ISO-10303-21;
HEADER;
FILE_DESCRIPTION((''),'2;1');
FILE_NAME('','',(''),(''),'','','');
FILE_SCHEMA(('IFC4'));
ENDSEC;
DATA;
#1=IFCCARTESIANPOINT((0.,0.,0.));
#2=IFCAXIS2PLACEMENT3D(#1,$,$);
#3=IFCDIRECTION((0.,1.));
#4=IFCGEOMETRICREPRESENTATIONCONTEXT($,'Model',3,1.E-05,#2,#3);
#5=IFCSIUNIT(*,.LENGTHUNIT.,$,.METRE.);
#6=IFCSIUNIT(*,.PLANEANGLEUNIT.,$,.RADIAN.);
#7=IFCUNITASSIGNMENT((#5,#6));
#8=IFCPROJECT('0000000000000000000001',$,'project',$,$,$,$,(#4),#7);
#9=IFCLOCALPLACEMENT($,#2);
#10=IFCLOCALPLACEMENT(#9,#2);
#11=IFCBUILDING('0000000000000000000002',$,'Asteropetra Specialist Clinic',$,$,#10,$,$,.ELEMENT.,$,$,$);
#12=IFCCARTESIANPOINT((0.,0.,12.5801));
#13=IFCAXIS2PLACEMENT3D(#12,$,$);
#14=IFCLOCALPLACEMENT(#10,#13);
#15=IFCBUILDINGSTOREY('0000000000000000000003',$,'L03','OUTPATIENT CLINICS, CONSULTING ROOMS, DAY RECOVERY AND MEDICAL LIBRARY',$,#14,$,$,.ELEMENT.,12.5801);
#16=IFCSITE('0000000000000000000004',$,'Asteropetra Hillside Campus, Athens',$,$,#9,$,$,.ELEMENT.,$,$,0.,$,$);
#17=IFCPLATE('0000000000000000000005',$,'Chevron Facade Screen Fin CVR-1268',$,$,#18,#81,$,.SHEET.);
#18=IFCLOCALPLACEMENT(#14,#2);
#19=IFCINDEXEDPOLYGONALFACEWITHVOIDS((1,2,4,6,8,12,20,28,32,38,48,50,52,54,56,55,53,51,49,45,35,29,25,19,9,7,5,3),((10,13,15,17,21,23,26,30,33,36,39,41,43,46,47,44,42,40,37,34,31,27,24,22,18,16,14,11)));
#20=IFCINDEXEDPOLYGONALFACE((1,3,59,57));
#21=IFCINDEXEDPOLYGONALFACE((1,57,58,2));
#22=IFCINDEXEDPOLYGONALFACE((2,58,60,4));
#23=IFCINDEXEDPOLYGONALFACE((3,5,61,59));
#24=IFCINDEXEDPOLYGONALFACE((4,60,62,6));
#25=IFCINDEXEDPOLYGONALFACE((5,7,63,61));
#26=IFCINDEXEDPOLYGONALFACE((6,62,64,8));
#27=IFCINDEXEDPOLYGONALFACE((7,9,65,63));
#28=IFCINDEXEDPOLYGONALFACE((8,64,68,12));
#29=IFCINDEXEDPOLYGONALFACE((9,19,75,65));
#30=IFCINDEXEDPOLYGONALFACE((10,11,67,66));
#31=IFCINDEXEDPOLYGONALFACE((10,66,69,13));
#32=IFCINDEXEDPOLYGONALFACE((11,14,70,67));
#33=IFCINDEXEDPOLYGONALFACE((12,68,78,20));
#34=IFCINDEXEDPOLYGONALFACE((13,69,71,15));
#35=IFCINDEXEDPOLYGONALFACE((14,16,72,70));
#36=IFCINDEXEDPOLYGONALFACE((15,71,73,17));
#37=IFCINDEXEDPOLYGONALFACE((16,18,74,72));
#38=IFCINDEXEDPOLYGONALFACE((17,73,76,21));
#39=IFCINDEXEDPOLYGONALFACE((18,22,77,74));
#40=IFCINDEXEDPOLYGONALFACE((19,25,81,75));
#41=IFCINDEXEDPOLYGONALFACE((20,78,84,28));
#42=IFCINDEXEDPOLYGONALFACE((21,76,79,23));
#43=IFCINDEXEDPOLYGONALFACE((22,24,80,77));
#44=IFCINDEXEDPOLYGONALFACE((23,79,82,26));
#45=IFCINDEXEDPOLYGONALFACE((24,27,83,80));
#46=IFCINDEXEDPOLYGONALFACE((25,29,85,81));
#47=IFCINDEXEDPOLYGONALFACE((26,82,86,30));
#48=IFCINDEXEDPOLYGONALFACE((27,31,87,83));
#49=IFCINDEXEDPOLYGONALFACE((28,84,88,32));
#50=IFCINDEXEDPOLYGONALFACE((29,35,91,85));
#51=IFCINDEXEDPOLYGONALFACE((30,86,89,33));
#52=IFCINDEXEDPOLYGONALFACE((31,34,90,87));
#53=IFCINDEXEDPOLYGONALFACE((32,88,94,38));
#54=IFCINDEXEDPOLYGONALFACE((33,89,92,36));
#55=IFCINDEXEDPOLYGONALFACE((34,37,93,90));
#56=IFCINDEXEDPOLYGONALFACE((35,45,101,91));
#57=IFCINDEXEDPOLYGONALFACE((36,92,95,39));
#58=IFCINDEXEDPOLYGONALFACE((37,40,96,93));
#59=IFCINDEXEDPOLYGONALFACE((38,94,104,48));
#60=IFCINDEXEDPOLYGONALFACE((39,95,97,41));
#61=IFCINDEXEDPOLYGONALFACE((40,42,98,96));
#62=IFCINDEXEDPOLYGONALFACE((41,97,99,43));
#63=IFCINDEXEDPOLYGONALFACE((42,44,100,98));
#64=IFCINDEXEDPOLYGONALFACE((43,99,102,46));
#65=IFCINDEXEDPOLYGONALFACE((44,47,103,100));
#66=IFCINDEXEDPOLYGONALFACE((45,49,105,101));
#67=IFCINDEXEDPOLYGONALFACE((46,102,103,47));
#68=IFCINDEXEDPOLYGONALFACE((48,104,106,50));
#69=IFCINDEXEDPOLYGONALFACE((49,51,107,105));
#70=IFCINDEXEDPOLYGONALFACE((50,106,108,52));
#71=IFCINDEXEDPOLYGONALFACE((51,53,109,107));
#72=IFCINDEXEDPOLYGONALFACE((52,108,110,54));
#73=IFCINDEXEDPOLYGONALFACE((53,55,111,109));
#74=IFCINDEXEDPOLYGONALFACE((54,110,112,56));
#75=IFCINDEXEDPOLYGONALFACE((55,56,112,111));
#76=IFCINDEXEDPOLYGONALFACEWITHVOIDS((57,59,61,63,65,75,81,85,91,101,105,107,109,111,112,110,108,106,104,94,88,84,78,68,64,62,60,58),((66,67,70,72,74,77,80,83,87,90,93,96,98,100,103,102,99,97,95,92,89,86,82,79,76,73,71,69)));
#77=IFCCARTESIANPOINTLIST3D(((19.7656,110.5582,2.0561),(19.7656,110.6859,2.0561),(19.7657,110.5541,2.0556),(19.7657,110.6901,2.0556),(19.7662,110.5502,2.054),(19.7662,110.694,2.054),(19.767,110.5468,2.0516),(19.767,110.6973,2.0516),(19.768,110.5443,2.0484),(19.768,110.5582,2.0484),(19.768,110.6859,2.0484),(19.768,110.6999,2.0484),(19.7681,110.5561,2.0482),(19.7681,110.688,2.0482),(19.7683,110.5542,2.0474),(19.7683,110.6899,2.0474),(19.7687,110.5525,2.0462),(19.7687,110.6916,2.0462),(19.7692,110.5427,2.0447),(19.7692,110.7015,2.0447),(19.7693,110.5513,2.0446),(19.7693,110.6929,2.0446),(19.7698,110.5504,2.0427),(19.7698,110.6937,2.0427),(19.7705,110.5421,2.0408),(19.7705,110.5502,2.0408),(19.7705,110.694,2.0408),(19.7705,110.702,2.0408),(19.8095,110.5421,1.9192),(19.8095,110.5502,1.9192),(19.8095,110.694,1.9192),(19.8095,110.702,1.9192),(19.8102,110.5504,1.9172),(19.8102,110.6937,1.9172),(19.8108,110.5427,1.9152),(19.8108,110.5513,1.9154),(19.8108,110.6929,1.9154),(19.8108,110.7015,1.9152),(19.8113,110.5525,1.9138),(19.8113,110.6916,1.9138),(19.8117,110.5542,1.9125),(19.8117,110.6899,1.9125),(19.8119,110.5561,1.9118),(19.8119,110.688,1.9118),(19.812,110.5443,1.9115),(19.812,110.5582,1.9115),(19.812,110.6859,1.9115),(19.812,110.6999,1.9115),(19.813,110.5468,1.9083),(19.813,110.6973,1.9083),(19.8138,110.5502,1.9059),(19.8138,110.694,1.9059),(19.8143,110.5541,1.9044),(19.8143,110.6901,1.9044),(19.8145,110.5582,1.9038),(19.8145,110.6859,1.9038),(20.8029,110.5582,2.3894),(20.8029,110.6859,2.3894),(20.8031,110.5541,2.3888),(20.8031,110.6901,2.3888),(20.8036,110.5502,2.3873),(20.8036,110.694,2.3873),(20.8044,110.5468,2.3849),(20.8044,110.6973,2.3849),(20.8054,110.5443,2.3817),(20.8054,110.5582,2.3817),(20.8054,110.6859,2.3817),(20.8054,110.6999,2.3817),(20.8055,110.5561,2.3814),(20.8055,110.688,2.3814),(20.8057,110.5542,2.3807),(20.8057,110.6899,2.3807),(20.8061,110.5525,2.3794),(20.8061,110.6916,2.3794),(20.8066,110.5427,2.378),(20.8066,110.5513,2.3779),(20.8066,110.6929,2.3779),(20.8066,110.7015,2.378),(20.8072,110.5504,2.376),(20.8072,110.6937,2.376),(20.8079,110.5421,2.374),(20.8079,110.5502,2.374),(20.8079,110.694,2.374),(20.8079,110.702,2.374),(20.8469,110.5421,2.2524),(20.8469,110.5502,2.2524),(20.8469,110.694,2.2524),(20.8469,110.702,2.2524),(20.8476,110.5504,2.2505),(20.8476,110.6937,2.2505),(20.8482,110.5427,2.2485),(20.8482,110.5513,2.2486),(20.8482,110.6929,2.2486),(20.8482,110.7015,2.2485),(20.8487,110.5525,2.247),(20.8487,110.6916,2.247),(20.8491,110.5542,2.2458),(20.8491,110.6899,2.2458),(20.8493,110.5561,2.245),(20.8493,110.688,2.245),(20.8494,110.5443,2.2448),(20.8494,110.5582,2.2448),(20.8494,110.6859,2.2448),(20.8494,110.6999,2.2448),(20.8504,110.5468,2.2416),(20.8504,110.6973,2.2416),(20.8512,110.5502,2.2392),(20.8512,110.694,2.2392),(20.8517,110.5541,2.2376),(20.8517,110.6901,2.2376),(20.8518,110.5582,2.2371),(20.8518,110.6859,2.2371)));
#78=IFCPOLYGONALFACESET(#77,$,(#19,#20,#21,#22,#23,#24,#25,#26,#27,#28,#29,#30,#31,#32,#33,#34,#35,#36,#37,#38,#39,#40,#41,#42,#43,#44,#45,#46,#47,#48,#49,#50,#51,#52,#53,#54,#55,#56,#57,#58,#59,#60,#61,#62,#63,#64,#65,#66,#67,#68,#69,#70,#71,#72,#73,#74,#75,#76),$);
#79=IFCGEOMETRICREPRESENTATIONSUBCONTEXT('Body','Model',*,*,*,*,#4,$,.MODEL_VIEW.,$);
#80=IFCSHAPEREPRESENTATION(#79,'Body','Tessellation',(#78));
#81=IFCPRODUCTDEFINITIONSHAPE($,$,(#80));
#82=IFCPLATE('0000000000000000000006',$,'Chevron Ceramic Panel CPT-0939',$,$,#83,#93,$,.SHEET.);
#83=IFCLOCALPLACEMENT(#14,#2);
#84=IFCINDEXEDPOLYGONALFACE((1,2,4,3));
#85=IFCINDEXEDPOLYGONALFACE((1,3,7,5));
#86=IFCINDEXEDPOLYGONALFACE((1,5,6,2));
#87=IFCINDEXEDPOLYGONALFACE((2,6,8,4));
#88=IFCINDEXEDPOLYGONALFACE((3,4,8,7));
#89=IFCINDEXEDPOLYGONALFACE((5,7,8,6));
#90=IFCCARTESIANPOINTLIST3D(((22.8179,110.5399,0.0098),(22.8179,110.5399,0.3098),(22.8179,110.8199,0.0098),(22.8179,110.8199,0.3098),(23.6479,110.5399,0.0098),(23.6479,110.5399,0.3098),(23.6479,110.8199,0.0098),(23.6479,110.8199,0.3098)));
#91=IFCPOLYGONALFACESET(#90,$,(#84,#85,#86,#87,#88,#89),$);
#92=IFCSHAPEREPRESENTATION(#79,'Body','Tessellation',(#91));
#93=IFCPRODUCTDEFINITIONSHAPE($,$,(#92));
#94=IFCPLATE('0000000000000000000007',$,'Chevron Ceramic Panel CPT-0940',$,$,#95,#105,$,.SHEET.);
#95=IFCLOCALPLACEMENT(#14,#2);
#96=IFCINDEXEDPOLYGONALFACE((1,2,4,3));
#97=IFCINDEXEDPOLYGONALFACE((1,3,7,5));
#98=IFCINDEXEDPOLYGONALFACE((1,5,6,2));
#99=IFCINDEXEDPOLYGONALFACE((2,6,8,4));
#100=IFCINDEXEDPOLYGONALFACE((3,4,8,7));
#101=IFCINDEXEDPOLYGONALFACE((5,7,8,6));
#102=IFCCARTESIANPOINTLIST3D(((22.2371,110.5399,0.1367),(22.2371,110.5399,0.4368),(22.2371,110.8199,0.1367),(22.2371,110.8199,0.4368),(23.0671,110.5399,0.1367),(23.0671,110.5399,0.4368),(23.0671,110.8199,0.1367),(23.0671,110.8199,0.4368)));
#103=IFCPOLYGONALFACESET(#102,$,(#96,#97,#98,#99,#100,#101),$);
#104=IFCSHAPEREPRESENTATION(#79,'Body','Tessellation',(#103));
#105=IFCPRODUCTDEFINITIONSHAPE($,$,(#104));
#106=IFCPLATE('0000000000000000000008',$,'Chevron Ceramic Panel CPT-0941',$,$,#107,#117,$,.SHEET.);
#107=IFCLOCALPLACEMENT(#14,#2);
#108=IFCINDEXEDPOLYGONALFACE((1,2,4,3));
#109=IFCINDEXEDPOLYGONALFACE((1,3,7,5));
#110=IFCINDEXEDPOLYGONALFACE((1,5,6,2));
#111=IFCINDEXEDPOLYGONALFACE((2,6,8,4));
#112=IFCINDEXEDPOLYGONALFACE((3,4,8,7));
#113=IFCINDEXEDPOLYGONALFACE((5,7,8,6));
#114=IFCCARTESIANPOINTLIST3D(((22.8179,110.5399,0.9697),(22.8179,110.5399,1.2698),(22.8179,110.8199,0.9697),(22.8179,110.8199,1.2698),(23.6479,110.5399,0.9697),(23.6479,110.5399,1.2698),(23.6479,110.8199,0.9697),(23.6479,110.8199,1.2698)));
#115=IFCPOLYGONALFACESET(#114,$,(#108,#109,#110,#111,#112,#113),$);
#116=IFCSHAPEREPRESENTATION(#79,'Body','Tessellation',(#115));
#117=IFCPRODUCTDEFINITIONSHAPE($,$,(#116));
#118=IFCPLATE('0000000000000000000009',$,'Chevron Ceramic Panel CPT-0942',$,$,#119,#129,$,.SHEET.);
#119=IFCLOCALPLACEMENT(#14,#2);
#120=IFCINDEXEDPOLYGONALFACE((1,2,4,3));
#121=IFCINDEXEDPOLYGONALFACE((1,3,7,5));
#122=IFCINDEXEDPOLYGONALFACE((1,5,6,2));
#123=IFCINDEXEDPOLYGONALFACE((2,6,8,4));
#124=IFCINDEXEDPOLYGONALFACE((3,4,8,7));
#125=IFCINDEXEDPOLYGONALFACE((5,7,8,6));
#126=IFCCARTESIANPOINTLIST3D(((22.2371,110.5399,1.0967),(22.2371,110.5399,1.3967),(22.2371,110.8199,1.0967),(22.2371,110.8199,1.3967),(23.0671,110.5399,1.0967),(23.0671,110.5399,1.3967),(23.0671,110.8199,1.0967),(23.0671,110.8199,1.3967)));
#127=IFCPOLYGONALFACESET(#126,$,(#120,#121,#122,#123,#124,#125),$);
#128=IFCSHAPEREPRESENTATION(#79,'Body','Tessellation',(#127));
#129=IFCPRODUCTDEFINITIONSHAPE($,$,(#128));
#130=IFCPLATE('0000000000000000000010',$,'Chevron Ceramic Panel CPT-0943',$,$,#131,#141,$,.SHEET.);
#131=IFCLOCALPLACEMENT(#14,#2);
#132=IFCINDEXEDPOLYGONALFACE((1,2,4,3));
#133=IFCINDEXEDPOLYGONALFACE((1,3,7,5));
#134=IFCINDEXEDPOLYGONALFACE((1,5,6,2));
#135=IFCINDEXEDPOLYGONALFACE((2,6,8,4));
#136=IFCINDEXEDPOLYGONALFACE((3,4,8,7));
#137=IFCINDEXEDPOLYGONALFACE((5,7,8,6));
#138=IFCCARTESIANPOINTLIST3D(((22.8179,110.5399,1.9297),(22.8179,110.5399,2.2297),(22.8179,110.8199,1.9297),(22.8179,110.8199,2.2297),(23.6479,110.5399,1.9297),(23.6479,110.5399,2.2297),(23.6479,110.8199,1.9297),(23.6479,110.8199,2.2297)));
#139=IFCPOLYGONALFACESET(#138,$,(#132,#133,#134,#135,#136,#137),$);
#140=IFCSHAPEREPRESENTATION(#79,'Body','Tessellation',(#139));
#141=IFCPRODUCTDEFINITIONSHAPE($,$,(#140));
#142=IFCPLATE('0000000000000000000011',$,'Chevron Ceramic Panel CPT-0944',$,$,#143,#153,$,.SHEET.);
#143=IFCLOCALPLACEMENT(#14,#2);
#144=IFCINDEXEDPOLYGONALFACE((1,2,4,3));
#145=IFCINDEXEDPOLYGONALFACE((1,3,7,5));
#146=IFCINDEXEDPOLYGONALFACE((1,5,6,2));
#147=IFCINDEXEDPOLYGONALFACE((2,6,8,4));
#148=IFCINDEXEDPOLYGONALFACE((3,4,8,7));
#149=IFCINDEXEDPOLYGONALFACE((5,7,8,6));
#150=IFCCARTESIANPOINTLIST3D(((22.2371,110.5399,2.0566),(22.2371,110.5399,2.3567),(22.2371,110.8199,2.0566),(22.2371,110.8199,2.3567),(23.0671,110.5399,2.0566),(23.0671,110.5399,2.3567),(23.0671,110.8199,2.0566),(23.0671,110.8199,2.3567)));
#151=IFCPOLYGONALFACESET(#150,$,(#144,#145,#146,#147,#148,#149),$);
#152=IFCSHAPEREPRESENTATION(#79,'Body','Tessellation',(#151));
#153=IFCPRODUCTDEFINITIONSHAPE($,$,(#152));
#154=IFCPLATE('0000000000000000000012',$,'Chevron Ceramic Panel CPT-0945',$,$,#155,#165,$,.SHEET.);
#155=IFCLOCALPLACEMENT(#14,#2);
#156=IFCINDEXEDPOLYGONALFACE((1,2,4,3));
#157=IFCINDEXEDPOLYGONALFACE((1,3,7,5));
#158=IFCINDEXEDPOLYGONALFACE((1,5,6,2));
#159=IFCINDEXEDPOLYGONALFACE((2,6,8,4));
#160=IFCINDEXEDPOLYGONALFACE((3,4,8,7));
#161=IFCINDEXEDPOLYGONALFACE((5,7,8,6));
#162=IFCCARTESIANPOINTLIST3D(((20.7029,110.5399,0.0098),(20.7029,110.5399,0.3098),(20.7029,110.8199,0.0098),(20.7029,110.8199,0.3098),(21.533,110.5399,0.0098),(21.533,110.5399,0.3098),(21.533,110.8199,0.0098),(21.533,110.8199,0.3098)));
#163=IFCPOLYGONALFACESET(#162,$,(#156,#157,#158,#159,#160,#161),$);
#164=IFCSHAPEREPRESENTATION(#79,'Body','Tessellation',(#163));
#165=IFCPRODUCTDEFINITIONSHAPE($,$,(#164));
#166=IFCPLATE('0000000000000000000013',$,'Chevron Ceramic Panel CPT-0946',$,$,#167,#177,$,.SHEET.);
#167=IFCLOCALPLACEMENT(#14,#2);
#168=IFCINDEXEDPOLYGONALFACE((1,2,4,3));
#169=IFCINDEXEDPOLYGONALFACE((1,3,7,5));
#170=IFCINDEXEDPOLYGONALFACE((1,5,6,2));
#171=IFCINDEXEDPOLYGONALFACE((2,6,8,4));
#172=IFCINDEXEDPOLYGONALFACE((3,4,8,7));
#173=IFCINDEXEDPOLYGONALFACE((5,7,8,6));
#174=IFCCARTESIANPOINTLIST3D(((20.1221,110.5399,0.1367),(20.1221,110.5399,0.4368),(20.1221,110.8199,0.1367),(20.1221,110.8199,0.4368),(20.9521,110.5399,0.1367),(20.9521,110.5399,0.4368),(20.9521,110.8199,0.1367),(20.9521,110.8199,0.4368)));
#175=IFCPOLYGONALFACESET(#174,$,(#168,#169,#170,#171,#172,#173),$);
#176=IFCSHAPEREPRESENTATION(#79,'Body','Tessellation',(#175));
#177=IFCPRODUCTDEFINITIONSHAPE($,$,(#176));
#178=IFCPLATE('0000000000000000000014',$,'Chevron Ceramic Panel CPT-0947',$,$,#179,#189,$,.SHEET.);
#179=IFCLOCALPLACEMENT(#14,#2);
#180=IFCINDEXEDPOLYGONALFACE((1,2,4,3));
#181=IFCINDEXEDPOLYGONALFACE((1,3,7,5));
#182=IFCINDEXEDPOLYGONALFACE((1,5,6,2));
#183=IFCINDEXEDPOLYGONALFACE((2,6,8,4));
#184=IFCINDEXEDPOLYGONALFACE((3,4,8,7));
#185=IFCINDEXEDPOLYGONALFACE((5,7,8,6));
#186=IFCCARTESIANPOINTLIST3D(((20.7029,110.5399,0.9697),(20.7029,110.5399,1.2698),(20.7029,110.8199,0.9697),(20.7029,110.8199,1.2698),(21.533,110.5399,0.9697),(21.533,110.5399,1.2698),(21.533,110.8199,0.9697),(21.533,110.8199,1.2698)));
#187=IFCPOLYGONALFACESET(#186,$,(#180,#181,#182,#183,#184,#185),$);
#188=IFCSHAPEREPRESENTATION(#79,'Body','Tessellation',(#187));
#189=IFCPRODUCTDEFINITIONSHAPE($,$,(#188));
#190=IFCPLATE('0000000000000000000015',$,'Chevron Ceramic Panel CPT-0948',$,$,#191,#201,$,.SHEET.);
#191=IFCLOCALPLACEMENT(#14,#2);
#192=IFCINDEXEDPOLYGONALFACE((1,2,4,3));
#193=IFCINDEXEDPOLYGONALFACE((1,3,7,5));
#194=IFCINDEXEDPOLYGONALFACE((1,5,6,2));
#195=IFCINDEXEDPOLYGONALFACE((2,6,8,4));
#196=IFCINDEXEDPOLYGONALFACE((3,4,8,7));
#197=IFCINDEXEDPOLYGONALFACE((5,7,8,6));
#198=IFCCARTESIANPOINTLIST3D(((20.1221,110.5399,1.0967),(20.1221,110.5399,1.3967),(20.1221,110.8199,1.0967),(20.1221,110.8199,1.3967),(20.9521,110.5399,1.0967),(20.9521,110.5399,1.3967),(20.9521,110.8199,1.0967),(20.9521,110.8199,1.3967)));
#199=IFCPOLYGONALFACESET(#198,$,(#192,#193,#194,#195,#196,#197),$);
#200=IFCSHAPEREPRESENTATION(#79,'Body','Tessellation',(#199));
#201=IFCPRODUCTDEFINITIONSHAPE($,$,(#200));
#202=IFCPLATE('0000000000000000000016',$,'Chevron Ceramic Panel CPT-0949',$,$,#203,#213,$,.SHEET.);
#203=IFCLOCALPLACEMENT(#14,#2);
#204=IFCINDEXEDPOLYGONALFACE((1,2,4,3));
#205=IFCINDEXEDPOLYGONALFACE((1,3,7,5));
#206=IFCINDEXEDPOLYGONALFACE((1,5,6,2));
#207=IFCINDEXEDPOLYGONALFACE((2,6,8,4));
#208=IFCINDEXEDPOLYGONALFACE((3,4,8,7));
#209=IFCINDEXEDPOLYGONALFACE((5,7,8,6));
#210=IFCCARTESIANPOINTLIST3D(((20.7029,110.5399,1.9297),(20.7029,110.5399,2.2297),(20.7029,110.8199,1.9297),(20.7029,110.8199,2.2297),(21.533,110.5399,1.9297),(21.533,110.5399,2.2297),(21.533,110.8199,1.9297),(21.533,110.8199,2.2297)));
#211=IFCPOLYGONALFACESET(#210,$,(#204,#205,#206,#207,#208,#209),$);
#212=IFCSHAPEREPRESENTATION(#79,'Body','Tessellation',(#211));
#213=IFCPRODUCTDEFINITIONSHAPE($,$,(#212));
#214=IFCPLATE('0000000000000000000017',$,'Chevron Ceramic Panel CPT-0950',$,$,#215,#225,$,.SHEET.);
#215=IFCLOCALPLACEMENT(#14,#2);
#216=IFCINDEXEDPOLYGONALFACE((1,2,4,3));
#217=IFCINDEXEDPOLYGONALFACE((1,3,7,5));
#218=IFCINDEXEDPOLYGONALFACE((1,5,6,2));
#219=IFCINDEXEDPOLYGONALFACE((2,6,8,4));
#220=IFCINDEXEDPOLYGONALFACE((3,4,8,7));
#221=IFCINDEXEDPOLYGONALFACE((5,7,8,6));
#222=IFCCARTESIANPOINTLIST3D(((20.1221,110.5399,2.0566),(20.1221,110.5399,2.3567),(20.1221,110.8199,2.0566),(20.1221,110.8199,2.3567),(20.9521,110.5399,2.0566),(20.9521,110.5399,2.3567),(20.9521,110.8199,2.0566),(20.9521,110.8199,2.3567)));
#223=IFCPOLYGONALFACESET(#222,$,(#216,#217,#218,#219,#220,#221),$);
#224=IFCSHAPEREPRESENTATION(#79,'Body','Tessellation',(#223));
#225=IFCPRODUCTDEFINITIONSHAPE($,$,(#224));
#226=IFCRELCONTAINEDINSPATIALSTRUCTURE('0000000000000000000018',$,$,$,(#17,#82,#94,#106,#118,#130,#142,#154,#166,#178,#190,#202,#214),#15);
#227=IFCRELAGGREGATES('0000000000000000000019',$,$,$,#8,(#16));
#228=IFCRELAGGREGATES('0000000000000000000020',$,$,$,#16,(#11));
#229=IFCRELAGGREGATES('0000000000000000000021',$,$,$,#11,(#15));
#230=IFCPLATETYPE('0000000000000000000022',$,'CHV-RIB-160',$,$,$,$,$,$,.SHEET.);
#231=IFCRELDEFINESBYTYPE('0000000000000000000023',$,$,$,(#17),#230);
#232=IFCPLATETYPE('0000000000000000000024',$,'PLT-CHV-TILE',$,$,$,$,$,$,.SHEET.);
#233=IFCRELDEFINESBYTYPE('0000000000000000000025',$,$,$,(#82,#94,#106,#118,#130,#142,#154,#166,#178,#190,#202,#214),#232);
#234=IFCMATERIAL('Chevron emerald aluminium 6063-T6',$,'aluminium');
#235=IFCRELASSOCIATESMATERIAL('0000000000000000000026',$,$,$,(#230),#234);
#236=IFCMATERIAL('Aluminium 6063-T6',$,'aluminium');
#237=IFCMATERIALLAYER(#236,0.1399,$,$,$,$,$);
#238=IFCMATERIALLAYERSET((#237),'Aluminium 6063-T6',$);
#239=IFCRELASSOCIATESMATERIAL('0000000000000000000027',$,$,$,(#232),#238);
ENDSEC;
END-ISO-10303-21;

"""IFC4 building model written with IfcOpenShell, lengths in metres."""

from ifc_helpers import new_model, si_unit, direction, frame, origin, origin_2d, place, context, subcontext, project, spatial, rectangle, hollow_rectangle, extrude, material, layer, layer_set, material_profile, profile_set, type_object, element, save


model = new_model("IFC4")

# Units and contexts
model_context = context("Model", 3, precision=1e-05, world=origin(), true_north=direction((0.0, 1.0)))
body_context = subcontext(model_context, "Body", "Model", "MODEL_VIEW")
ifc_project = project(units=[si_unit("LENGTHUNIT", "METRE"), si_unit("PLANEANGLEUNIT", "RADIAN")], contexts=[model_context])

# Site, building, storey
site_placement = place(None, origin())
site = spatial("IfcSite", under=ifc_project, at=site_placement, Name="Asteropetra Hillside Campus, Athens", CompositionType="ELEMENT", RefElevation=0.0)
building_placement = place(site_placement, origin())
building = spatial("IfcBuilding", under=site, at=building_placement, Name="Asteropetra Specialist Clinic", CompositionType="ELEMENT")
storey_placement = place(building_placement, frame((0.0, 0.0, 12.5801)))
storey = spatial("IfcBuildingStorey", under=building, at=storey_placement, Name="L03", Description="OUTPATIENT CLINICS, CONSULTING ROOMS, DAY RECOVERY AND MEDICAL LIBRARY", CompositionType="ELEMENT", Elevation=12.5801)

# Plates
ifc_material_1 = material(Name="Chevron emerald aluminium 6063-T6", Category="aluminium")
ifc_material_profile_1 = material_profile(ifc_material_1, hollow_rectangle(XDim=0.1599, YDim=0.1599, WallThickness=0.0081, InnerFilletRadius=0.0081, OuterFilletRadius=0.0161, at=origin_2d()), Name="SHS 160x160x8.0")
ifc_profile_set_1 = profile_set([ifc_material_profile_1], Name="Chevron emerald aluminium 6063-T6")
plate_type_1 = type_object("IfcPlateType", Name="CHV-RIB-160", PredefinedType="SHEET", material=ifc_profile_set_1)
plate_1_placement = place(storey_placement, frame((20.8274, 110.6221, 2.3132), z_axis=(-0.952078, 0.0, -0.305857), x_axis=(0.0, -1.0, 0.0)))
element("IfcPlate", 1, at=plate_1_placement, inside=storey, type_object=plate_type_1, Name="Chevron Facade Screen Fin CVR-1268", PredefinedType="SHEET", context=body_context, shape_type="SweptSolid", body=[
    extrude(hollow_rectangle(XDim=0.1599, YDim=0.1599, WallThickness=0.0081, InnerFilletRadius=0.0081, OuterFilletRadius=0.0161, at=origin_2d()), origin(), (0.0, 0.0, 1.0), 1.0896),
])
ifc_material_2 = material(Name="Aluminium 6063-T6", Category="aluminium")
ifc_layer_1 = layer(ifc_material_2, 0.1399)
ifc_layer_set_1 = layer_set([ifc_layer_1], Name="Aluminium 6063-T6")
plate_type_2 = type_object("IfcPlateType", Name="PLT-CHV-TILE", PredefinedType="SHEET", material=ifc_layer_set_1)
for number, where, z_axis, x_axis, name in (
    (2, (23.2329, 110.6799, 0.0098), (0.0, 0.0, 1.0), (1.0, 0.0, 0.0), "Chevron Ceramic Panel CPT-0939"),
    (3, (22.6521, 110.6799, 0.1367), (0.0, 0.0, 1.0), (1.0, 0.0, 0.0), "Chevron Ceramic Panel CPT-0940"),
    (4, (23.2329, 110.6799, 0.9697), (0.0, 0.0, 1.0), (1.0, 0.0, 0.0), "Chevron Ceramic Panel CPT-0941"),
    (5, (22.6521, 110.6799, 1.0967), (0.0, 0.0, 1.0), (1.0, 0.0, 0.0), "Chevron Ceramic Panel CPT-0942"),
    (6, (23.2329, 110.6799, 1.9297), (0.0, 0.0, 1.0), (1.0, 0.0, 0.0), "Chevron Ceramic Panel CPT-0943"),
    (7, (22.6521, 110.6799, 2.0566), (0.0, 0.0, 1.0), (1.0, 0.0, 0.0), "Chevron Ceramic Panel CPT-0944"),
    (8, (21.1179, 110.6799, 0.0098), (0.0, 0.0, 1.0), (1.0, 0.0, 0.0), "Chevron Ceramic Panel CPT-0945"),
    (9, (20.5371, 110.6799, 0.1367), (0.0, 0.0, 1.0), (1.0, 0.0, 0.0), "Chevron Ceramic Panel CPT-0946"),
    (10, (21.1179, 110.6799, 0.9697), (0.0, 0.0, 1.0), (1.0, 0.0, 0.0), "Chevron Ceramic Panel CPT-0947"),
    (11, (20.5371, 110.6799, 1.0967), (0.0, 0.0, 1.0), (1.0, 0.0, 0.0), "Chevron Ceramic Panel CPT-0948"),
    (12, (21.1179, 110.6799, 1.9297), (0.0, 0.0, 1.0), (1.0, 0.0, 0.0), "Chevron Ceramic Panel CPT-0949"),
    (13, (20.5371, 110.6799, 2.0566), (0.0, 0.0, 1.0), (1.0, 0.0, 0.0), "Chevron Ceramic Panel CPT-0950"),
):
    element("IfcPlate", number, at=place(storey_placement, frame(where, z_axis=z_axis, x_axis=x_axis)), inside=storey, type_object=plate_type_2, Name=name, PredefinedType="SHEET", context=body_context, shape_type="SweptSolid", body=[
        extrude(rectangle(XDim=0.8301, YDim=0.28, at=origin_2d()), origin(), (0.0, 0.0, 1.0), 0.3),
    ])

save(model, "model.ifc")
